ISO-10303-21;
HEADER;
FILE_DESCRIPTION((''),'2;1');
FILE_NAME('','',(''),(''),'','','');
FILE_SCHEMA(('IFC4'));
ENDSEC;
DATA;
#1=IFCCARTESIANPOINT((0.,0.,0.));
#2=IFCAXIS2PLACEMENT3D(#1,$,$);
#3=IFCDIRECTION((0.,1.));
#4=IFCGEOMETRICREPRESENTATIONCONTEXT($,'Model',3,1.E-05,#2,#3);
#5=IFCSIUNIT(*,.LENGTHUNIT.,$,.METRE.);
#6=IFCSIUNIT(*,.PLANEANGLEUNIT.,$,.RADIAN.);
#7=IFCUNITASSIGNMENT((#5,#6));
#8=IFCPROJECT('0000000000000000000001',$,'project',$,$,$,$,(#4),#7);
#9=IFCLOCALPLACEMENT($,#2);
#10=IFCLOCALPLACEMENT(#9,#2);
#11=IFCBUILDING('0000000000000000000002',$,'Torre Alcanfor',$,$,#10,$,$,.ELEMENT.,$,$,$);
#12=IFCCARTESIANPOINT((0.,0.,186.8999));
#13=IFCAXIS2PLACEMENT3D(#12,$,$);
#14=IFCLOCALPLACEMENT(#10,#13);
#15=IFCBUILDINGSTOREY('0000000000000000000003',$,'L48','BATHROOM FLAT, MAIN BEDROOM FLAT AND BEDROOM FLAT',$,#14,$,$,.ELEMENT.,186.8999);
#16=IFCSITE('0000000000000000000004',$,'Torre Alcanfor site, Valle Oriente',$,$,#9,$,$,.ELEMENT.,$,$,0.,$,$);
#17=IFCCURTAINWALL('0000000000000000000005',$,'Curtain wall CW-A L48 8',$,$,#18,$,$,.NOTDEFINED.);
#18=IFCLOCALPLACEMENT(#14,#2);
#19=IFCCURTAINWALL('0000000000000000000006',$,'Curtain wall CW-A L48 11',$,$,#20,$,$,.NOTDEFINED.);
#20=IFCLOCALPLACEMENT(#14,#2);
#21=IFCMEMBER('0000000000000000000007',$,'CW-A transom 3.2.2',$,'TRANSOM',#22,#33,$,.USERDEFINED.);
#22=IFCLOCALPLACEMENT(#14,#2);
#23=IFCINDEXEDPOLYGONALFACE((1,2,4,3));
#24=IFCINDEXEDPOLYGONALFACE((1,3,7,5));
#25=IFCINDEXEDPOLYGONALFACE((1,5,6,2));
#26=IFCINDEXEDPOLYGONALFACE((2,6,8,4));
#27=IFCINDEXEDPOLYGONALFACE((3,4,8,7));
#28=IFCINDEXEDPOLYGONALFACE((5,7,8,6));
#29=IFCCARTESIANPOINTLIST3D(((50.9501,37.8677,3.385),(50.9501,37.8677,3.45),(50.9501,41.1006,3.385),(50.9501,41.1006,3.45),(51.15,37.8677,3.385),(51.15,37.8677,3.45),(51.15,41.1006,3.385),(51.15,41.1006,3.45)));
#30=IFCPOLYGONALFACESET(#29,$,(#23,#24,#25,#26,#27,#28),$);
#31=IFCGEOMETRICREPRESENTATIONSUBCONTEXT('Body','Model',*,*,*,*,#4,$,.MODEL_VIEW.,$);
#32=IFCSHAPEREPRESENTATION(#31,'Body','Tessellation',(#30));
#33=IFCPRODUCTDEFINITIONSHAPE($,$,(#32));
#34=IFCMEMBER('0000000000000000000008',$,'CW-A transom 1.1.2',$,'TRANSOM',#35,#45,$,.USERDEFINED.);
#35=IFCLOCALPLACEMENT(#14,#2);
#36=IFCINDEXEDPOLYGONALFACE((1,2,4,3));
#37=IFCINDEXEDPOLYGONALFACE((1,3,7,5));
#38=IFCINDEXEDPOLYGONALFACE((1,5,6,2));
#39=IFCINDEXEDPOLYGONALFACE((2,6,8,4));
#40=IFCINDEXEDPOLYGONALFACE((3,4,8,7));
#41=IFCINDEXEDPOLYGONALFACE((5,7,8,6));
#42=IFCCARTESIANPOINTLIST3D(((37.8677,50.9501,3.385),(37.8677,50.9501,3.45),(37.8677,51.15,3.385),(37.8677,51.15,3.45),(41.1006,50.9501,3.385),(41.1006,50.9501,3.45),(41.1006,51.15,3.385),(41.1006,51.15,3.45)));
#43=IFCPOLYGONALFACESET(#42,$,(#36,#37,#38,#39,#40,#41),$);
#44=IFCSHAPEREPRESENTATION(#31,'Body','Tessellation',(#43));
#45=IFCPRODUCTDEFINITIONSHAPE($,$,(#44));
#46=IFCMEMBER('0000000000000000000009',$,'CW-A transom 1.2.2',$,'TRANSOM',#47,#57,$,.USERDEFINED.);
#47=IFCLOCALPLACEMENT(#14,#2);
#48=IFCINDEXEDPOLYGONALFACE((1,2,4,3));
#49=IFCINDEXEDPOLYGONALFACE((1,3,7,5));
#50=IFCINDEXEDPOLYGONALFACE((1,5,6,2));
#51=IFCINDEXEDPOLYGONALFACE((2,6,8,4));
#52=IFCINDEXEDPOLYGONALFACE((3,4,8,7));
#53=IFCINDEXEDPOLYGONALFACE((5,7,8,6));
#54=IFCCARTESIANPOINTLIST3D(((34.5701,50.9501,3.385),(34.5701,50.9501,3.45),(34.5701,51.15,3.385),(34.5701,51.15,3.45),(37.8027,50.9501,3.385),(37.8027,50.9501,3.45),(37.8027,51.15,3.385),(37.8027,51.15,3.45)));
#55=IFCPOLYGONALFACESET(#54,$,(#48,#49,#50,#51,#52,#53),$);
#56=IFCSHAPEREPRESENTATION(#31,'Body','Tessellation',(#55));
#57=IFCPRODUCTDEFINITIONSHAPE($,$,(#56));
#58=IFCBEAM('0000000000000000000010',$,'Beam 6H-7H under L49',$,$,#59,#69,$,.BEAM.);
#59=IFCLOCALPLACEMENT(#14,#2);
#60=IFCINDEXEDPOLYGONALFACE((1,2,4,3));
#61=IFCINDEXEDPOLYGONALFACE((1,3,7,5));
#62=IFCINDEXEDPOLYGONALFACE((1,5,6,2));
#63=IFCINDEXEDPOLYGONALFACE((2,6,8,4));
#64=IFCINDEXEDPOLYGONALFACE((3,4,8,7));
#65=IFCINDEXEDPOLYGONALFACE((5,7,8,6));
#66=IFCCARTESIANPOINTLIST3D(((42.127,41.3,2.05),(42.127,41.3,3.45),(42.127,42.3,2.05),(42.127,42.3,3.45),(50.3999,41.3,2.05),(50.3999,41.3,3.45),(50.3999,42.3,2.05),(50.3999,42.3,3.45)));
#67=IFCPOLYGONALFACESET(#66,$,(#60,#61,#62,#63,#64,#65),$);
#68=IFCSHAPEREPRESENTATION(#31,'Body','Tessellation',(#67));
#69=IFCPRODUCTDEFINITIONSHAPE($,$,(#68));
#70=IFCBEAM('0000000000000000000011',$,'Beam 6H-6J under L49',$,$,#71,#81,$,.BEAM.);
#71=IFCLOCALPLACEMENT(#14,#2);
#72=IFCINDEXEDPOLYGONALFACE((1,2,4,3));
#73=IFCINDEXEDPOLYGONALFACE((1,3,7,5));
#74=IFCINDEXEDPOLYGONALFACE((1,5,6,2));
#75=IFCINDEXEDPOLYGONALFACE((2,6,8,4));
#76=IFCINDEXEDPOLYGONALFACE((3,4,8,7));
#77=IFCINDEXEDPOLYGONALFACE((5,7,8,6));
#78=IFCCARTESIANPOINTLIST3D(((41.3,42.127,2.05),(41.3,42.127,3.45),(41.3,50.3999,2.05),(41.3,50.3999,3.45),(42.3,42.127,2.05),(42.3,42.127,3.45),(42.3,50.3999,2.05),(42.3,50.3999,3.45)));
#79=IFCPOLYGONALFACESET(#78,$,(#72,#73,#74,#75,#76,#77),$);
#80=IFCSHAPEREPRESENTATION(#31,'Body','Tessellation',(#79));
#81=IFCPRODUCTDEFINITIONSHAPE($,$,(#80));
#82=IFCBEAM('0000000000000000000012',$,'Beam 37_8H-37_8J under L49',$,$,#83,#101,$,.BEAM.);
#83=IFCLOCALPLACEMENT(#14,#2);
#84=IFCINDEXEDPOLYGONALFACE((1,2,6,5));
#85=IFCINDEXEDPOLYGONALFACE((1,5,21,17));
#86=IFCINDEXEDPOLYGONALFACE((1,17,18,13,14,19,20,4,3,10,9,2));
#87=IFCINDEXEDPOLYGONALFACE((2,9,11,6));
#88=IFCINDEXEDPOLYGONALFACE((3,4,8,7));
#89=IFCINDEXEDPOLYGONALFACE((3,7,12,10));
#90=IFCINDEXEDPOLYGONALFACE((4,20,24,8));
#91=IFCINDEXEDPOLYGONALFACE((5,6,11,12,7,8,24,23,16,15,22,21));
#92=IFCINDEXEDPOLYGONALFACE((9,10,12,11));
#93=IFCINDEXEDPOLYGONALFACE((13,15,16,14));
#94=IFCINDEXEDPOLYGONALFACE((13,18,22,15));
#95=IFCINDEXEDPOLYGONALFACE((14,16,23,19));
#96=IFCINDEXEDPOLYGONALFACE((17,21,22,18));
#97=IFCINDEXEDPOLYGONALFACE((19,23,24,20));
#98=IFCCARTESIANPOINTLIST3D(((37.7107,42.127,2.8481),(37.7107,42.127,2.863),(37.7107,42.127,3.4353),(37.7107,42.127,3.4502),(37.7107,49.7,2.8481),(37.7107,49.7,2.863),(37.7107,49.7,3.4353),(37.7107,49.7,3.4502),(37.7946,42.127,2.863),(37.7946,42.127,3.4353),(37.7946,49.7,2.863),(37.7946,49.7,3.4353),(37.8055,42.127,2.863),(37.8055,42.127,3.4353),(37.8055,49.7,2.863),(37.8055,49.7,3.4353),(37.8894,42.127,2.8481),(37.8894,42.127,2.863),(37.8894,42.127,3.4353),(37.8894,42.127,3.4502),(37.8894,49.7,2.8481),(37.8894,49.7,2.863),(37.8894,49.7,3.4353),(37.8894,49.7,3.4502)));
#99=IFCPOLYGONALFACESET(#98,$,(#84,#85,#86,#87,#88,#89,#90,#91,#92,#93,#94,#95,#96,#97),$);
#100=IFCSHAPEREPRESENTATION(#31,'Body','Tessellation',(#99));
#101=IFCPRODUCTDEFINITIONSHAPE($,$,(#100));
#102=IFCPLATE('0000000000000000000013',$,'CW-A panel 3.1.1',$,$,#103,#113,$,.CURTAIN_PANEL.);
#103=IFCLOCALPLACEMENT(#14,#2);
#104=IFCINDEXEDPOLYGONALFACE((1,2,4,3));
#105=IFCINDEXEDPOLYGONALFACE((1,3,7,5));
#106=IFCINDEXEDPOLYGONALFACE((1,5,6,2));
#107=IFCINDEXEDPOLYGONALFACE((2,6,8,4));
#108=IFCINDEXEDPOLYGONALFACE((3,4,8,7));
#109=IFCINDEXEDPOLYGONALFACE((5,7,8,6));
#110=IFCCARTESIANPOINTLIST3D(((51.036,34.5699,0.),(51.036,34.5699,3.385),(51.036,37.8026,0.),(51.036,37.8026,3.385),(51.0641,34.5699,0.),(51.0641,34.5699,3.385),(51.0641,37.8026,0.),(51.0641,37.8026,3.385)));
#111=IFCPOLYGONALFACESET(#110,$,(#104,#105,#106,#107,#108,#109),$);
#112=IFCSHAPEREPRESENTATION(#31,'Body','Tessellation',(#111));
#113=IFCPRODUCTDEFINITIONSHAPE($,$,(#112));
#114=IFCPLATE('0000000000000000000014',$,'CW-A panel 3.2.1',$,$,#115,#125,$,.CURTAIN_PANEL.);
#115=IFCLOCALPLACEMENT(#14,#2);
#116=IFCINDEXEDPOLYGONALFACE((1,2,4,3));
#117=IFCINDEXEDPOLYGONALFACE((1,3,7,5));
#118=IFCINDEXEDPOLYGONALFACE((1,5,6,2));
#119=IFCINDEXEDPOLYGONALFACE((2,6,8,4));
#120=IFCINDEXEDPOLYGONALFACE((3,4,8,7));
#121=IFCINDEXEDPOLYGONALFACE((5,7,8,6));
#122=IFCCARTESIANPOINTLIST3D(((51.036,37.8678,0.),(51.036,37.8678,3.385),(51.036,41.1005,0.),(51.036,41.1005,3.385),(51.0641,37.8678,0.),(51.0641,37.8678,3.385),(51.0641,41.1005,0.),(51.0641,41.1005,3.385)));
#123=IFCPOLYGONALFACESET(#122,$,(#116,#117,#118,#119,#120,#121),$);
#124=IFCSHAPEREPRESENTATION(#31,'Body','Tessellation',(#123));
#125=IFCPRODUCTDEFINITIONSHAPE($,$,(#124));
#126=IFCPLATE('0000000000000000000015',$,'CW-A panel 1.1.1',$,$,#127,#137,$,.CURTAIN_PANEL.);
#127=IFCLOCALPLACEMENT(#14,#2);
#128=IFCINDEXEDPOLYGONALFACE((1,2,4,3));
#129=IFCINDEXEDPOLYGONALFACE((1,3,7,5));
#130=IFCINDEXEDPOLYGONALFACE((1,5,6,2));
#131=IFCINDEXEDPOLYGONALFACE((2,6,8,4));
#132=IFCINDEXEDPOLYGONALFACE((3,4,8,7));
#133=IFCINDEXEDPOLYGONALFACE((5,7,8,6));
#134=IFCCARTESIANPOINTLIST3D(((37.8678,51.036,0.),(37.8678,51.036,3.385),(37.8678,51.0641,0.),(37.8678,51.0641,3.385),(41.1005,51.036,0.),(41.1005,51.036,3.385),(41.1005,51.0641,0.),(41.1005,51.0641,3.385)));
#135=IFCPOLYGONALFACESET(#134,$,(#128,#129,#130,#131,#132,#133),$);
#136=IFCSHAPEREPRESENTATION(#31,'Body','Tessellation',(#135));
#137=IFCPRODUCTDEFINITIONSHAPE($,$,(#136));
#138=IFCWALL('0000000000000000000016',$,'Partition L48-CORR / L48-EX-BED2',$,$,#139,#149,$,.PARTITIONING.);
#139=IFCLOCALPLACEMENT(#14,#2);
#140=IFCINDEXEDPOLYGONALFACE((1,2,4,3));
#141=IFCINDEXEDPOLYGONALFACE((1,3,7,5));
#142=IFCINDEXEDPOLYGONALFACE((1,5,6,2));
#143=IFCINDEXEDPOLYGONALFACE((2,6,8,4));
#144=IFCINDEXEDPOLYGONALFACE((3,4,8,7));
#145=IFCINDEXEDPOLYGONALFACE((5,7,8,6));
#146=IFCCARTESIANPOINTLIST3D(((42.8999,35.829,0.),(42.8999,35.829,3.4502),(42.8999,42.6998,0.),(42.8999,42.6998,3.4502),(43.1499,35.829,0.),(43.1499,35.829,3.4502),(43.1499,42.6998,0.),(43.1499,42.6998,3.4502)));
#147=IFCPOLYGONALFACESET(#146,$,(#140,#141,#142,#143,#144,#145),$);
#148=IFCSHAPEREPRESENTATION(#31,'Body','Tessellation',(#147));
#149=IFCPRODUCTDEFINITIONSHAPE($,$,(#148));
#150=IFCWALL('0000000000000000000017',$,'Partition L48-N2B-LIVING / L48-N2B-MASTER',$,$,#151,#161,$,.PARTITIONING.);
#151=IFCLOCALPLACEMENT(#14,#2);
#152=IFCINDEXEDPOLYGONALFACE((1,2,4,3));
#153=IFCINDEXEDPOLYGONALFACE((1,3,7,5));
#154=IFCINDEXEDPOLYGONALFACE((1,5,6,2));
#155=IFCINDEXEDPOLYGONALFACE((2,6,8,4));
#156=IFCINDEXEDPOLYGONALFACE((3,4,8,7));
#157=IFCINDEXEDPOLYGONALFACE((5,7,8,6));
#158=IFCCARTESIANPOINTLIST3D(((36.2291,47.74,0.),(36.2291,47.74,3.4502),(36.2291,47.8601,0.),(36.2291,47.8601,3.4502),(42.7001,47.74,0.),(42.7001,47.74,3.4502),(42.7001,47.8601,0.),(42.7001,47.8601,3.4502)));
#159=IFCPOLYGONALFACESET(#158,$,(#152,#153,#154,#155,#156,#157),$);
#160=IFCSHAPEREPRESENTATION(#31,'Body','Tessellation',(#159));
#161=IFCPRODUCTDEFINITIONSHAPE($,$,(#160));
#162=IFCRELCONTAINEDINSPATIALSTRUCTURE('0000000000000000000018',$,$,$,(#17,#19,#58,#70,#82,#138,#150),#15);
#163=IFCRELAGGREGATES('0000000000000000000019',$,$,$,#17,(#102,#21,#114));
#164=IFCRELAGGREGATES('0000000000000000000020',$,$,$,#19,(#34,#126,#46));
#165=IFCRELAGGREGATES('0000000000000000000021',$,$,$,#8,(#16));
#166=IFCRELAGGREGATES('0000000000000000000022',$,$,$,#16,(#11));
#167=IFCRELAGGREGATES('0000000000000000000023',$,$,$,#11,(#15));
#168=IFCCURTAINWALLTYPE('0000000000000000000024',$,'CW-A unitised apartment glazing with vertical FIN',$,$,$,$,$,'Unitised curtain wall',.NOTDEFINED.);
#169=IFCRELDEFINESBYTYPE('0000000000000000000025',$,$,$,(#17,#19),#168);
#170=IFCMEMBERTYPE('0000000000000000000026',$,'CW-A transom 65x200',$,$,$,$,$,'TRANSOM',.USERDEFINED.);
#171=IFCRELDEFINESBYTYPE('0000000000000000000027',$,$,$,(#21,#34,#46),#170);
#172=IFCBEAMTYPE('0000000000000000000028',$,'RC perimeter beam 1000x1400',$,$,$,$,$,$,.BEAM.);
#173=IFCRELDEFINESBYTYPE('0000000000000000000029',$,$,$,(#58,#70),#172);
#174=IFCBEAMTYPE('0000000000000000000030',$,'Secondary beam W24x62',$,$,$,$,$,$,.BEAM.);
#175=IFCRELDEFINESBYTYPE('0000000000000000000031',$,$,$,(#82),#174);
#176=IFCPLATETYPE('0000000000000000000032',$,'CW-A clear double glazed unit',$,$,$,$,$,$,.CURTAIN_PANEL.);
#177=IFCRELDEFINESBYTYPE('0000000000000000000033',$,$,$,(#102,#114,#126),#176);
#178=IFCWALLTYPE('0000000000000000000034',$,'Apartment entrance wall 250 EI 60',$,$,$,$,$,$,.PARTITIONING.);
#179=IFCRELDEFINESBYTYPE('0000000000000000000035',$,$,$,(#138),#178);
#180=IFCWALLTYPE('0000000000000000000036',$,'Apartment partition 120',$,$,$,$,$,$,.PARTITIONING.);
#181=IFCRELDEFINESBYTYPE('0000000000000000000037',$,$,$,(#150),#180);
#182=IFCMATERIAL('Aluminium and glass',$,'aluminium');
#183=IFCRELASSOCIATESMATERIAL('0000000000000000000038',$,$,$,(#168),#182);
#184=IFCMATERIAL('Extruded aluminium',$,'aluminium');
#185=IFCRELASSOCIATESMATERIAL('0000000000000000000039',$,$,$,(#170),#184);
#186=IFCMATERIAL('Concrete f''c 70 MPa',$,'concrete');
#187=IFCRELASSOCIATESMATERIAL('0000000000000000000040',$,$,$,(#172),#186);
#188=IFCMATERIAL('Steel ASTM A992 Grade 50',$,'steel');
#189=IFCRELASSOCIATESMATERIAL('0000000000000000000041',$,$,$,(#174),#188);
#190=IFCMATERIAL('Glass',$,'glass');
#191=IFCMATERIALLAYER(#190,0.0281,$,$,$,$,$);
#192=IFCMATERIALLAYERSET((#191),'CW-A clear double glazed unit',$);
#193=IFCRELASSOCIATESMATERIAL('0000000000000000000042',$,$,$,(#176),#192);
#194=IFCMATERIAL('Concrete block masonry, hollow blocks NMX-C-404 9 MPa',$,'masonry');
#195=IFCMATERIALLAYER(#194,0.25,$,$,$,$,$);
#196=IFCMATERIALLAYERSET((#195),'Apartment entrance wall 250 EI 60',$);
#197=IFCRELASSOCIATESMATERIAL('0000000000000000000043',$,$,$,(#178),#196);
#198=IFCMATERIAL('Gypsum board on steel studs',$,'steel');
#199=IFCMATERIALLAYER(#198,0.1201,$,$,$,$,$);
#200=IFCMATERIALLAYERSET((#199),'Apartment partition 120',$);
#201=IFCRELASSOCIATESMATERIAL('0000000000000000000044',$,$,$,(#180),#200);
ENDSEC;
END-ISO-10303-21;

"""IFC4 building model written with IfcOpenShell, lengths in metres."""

from ifc_helpers import new_model, si_unit, direction, frame, frame_2d, origin, origin_2d, place, context, subcontext, project, spatial, rectangle, i_section, extrude, material, layer, layer_set, material_profile, profile_set, type_object, element, aggregate, save


model = new_model("IFC4")

# Units and contexts
model_context = context("Model", 3, precision=1e-05, world=origin(), true_north=direction((0.0, 1.0)))
body_context = subcontext(model_context, "Body", "Model", "MODEL_VIEW")
ifc_project = project(units=[si_unit("LENGTHUNIT", "METRE"), si_unit("PLANEANGLEUNIT", "RADIAN")], contexts=[model_context])

# Site, building, storey
site_placement = place(None, origin())
site = spatial("IfcSite", under=ifc_project, at=site_placement, Name="Torre Alcanfor site, Valle Oriente", CompositionType="ELEMENT", RefElevation=0.0)
building_placement = place(site_placement, origin())
building = spatial("IfcBuilding", under=site, at=building_placement, Name="Torre Alcanfor", CompositionType="ELEMENT")
storey_placement = place(building_placement, frame((0.0, 0.0, 186.8999)))
storey = spatial("IfcBuildingStorey", under=building, at=storey_placement, Name="L48", Description="BATHROOM FLAT, MAIN BEDROOM FLAT AND BEDROOM FLAT", CompositionType="ELEMENT", Elevation=186.8999)

# Curtain walls
ifc_material_1 = material(Name="Aluminium and glass", Category="aluminium")
curtain_wall_type = type_object("IfcCurtainWallType", Name="CW-A unitised apartment glazing with vertical FIN", ElementType="Unitised curtain wall", PredefinedType="NOTDEFINED", material=ifc_material_1)
curtain_wall_1_placement = place(storey_placement, origin())
curtain_wall_1 = element("IfcCurtainWall", 1, at=curtain_wall_1_placement, inside=storey, type_object=curtain_wall_type, Name="Curtain wall CW-A L48 8", PredefinedType="NOTDEFINED")
curtain_wall_2_placement = place(storey_placement, origin())
curtain_wall_2 = element("IfcCurtainWall", 2, at=curtain_wall_2_placement, inside=storey, type_object=curtain_wall_type, Name="Curtain wall CW-A L48 11", PredefinedType="NOTDEFINED")

# Members
ifc_material_2 = material(Name="Extruded aluminium", Category="aluminium")
ifc_material_profile_1 = material_profile(ifc_material_2, rectangle(XDim=0.2, YDim=0.0649, at=origin_2d()), Name="CW-A transom 200x65")
ifc_profile_set_1 = profile_set([ifc_material_profile_1], Name="Extruded aluminium")
member_type_1 = type_object("IfcMemberType", Name="CW-A transom 65x200", ElementType="TRANSOM", PredefinedType="USERDEFINED", material=ifc_profile_set_1)
member_1_placement = place(storey_placement, frame((51.05, 37.8677, 3.4175), z_axis=(0.0, 1.0, 0.0), x_axis=(-1.0, 0.0, 0.0)))
member_1 = element("IfcMember", 3, at=member_1_placement, type_object=member_type_1, Name="CW-A transom 3.2.2", ObjectType="TRANSOM", PredefinedType="USERDEFINED", context=body_context, shape_type="SweptSolid", body=[
    extrude(rectangle(XDim=0.2, YDim=0.0649, at=origin_2d()), origin(), (0.0, 0.0, 1.0), 3.2329),
])
member_2_placement = place(storey_placement, frame((41.1006, 51.05, 3.4175), z_axis=(-1.0, 0.0, 0.0), x_axis=(0.0, -1.0, 0.0)))
member_2 = element("IfcMember", 4, at=member_2_placement, type_object=member_type_1, Name="CW-A transom 1.1.2", ObjectType="TRANSOM", PredefinedType="USERDEFINED", context=body_context, shape_type="SweptSolid", body=[
    extrude(rectangle(XDim=0.2, YDim=0.0649, at=origin_2d()), origin(), (0.0, 0.0, 1.0), 3.2329),
])
member_3_placement = place(storey_placement, frame((37.8027, 51.05, 3.4175), z_axis=(-1.0, 0.0, 0.0), x_axis=(0.0, -1.0, 0.0)))
member_3 = element("IfcMember", 5, at=member_3_placement, type_object=member_type_1, Name="CW-A transom 1.2.2", ObjectType="TRANSOM", PredefinedType="USERDEFINED", context=body_context, shape_type="SweptSolid", body=[
    extrude(rectangle(XDim=0.2, YDim=0.0649, at=origin_2d()), origin(), (0.0, 0.0, 1.0), 3.2327),
])

# Beams
ifc_material_3 = material(Name="Concrete f'c 70 MPa", Category="concrete")
ifc_material_profile_2 = material_profile(ifc_material_3, rectangle(XDim=1.0, YDim=1.3999, at=origin_2d()), Name="1000x1400")
ifc_profile_set_2 = profile_set([ifc_material_profile_2], Name="Concrete f'c 70 MPa")
beam_type_1 = type_object("IfcBeamType", Name="RC perimeter beam 1000x1400", PredefinedType="BEAM", material=ifc_profile_set_2)
for number, where, z_axis, x_axis, name in (
    (6, (42.127, 41.8, 2.75), (1.0, 0.0, 0.0), (0.0, 1.0, 0.0), "Beam 6H-7H under L49"),
    (7, (41.8, 42.127, 2.75), (0.0, 1.0, 0.0), (-1.0, 0.0, 0.0), "Beam 6H-6J under L49"),
):
    element("IfcBeam", number, at=place(storey_placement, frame(where, z_axis=z_axis, x_axis=x_axis)), inside=storey, type_object=beam_type_1, Name=name, PredefinedType="BEAM", context=body_context, shape_type="SweptSolid", body=[
        extrude(rectangle(XDim=1.0, YDim=1.3999, at=origin_2d()), origin(), (0.0, 0.0, 1.0), 8.2729),
    ])
ifc_material_4 = material(Name="Steel ASTM A992 Grade 50", Category="steel")
ifc_material_profile_3 = material_profile(ifc_material_4, i_section(OverallWidth=0.1787, OverallDepth=0.6021, WebThickness=0.011, FlangeThickness=0.0149, at=origin_2d()), Name="W24x62")
ifc_profile_set_3 = profile_set([ifc_material_profile_3], Name="Steel ASTM A992 Grade 50")
beam_type_2 = type_object("IfcBeamType", Name="Secondary beam W24x62", PredefinedType="BEAM", material=ifc_profile_set_3)
beam_placement = place(storey_placement, frame((37.8, 42.127, 3.1492), z_axis=(0.0, 1.0, 0.0), x_axis=(-1.0, 0.0, 0.0)))
element("IfcBeam", 8, at=beam_placement, inside=storey, type_object=beam_type_2, Name="Beam 37_8H-37_8J under L49", PredefinedType="BEAM", context=body_context, shape_type="SweptSolid", body=[
    extrude(i_section(OverallWidth=0.1787, OverallDepth=0.6021, WebThickness=0.011, FlangeThickness=0.0149, at=origin_2d()), origin(), (0.0, 0.0, 1.0), 7.573),
])

# Plates
ifc_material_5 = material(Name="Glass", Category="glass")
ifc_layer_1 = layer(ifc_material_5, 0.0281)
ifc_layer_set_1 = layer_set([ifc_layer_1], Name="CW-A clear double glazed unit")
plate_type = type_object("IfcPlateType", Name="CW-A clear double glazed unit", PredefinedType="CURTAIN_PANEL", material=ifc_layer_set_1)
plate_1_placement = place(storey_placement, frame((51.05, 36.1863, 0.0), z_axis=(0.0, 0.0, 1.0), x_axis=(0.0, 1.0, 0.0)))
plate_1 = element("IfcPlate", 9, at=plate_1_placement, type_object=plate_type, Name="CW-A panel 3.1.1", PredefinedType="CURTAIN_PANEL", context=body_context, shape_type="SweptSolid", body=[
    extrude(rectangle(XDim=3.2327, YDim=0.0281, at=origin_2d()), origin(), (0.0, 0.0, 1.0), 3.385),
])
plate_2_placement = place(storey_placement, frame((51.05, 39.4841, 0.0), z_axis=(0.0, 0.0, 1.0), x_axis=(0.0, 1.0, 0.0)))
plate_2 = element("IfcPlate", 10, at=plate_2_placement, type_object=plate_type, Name="CW-A panel 3.2.1", PredefinedType="CURTAIN_PANEL", context=body_context, shape_type="SweptSolid", body=[
    extrude(rectangle(XDim=3.2327, YDim=0.0281, at=origin_2d()), origin(), (0.0, 0.0, 1.0), 3.385),
])
aggregate(curtain_wall_1, [plate_1, member_1, plate_2])
plate_3_placement = place(storey_placement, frame((39.4841, 51.05, 0.0), z_axis=(0.0, 0.0, 1.0), x_axis=(-1.0, 0.0, 0.0)))
plate_3 = element("IfcPlate", 11, at=plate_3_placement, type_object=plate_type, Name="CW-A panel 1.1.1", PredefinedType="CURTAIN_PANEL", context=body_context, shape_type="SweptSolid", body=[
    extrude(rectangle(XDim=3.2327, YDim=0.0281, at=origin_2d()), origin(), (0.0, 0.0, 1.0), 3.385),
])
aggregate(curtain_wall_2, [member_2, plate_3, member_3])

# Walls
ifc_material_6 = material(Name="Concrete block masonry, hollow blocks NMX-C-404 9 MPa", Category="masonry")
ifc_layer_2 = layer(ifc_material_6, 0.25)
ifc_layer_set_2 = layer_set([ifc_layer_2], Name="Apartment entrance wall 250 EI 60")
wall_type_1 = type_object("IfcWallType", Name="Apartment entrance wall 250 EI 60", PredefinedType="PARTITIONING", material=ifc_layer_set_2)
wall_1_placement = place(storey_placement, frame((43.0249, 42.7, 0.0), z_axis=(0.0, 0.0, 1.0), x_axis=(0.0, -1.0, 0.0)))
element("IfcWall", 12, at=wall_1_placement, inside=storey, type_object=wall_type_1, Name="Partition L48-CORR / L48-EX-BED2", PredefinedType="PARTITIONING", context=body_context, shape_type="SweptSolid", body=[
    extrude(rectangle(XDim=6.8708, YDim=0.25, at=frame_2d((3.4355, 0.0))), origin(), (0.0, 0.0, 1.0), 3.4502),
])
ifc_material_7 = material(Name="Gypsum board on steel studs", Category="steel")
ifc_layer_3 = layer(ifc_material_7, 0.1201)
ifc_layer_set_3 = layer_set([ifc_layer_3], Name="Apartment partition 120")
wall_type_2 = type_object("IfcWallType", Name="Apartment partition 120", PredefinedType="PARTITIONING", material=ifc_layer_set_3)
wall_2_placement = place(storey_placement, frame((42.7, 47.8, 0.0), z_axis=(0.0, 0.0, 1.0), x_axis=(-1.0, 0.0, 0.0)))
element("IfcWall", 13, at=wall_2_placement, inside=storey, type_object=wall_type_2, Name="Partition L48-N2B-LIVING / L48-N2B-MASTER", PredefinedType="PARTITIONING", context=body_context, shape_type="SweptSolid", body=[
    extrude(rectangle(XDim=6.4709, YDim=0.1201, at=frame_2d((3.2354, 0.0))), origin(), (0.0, 0.0, 1.0), 3.4502),
])

save(model, "model.ifc")
